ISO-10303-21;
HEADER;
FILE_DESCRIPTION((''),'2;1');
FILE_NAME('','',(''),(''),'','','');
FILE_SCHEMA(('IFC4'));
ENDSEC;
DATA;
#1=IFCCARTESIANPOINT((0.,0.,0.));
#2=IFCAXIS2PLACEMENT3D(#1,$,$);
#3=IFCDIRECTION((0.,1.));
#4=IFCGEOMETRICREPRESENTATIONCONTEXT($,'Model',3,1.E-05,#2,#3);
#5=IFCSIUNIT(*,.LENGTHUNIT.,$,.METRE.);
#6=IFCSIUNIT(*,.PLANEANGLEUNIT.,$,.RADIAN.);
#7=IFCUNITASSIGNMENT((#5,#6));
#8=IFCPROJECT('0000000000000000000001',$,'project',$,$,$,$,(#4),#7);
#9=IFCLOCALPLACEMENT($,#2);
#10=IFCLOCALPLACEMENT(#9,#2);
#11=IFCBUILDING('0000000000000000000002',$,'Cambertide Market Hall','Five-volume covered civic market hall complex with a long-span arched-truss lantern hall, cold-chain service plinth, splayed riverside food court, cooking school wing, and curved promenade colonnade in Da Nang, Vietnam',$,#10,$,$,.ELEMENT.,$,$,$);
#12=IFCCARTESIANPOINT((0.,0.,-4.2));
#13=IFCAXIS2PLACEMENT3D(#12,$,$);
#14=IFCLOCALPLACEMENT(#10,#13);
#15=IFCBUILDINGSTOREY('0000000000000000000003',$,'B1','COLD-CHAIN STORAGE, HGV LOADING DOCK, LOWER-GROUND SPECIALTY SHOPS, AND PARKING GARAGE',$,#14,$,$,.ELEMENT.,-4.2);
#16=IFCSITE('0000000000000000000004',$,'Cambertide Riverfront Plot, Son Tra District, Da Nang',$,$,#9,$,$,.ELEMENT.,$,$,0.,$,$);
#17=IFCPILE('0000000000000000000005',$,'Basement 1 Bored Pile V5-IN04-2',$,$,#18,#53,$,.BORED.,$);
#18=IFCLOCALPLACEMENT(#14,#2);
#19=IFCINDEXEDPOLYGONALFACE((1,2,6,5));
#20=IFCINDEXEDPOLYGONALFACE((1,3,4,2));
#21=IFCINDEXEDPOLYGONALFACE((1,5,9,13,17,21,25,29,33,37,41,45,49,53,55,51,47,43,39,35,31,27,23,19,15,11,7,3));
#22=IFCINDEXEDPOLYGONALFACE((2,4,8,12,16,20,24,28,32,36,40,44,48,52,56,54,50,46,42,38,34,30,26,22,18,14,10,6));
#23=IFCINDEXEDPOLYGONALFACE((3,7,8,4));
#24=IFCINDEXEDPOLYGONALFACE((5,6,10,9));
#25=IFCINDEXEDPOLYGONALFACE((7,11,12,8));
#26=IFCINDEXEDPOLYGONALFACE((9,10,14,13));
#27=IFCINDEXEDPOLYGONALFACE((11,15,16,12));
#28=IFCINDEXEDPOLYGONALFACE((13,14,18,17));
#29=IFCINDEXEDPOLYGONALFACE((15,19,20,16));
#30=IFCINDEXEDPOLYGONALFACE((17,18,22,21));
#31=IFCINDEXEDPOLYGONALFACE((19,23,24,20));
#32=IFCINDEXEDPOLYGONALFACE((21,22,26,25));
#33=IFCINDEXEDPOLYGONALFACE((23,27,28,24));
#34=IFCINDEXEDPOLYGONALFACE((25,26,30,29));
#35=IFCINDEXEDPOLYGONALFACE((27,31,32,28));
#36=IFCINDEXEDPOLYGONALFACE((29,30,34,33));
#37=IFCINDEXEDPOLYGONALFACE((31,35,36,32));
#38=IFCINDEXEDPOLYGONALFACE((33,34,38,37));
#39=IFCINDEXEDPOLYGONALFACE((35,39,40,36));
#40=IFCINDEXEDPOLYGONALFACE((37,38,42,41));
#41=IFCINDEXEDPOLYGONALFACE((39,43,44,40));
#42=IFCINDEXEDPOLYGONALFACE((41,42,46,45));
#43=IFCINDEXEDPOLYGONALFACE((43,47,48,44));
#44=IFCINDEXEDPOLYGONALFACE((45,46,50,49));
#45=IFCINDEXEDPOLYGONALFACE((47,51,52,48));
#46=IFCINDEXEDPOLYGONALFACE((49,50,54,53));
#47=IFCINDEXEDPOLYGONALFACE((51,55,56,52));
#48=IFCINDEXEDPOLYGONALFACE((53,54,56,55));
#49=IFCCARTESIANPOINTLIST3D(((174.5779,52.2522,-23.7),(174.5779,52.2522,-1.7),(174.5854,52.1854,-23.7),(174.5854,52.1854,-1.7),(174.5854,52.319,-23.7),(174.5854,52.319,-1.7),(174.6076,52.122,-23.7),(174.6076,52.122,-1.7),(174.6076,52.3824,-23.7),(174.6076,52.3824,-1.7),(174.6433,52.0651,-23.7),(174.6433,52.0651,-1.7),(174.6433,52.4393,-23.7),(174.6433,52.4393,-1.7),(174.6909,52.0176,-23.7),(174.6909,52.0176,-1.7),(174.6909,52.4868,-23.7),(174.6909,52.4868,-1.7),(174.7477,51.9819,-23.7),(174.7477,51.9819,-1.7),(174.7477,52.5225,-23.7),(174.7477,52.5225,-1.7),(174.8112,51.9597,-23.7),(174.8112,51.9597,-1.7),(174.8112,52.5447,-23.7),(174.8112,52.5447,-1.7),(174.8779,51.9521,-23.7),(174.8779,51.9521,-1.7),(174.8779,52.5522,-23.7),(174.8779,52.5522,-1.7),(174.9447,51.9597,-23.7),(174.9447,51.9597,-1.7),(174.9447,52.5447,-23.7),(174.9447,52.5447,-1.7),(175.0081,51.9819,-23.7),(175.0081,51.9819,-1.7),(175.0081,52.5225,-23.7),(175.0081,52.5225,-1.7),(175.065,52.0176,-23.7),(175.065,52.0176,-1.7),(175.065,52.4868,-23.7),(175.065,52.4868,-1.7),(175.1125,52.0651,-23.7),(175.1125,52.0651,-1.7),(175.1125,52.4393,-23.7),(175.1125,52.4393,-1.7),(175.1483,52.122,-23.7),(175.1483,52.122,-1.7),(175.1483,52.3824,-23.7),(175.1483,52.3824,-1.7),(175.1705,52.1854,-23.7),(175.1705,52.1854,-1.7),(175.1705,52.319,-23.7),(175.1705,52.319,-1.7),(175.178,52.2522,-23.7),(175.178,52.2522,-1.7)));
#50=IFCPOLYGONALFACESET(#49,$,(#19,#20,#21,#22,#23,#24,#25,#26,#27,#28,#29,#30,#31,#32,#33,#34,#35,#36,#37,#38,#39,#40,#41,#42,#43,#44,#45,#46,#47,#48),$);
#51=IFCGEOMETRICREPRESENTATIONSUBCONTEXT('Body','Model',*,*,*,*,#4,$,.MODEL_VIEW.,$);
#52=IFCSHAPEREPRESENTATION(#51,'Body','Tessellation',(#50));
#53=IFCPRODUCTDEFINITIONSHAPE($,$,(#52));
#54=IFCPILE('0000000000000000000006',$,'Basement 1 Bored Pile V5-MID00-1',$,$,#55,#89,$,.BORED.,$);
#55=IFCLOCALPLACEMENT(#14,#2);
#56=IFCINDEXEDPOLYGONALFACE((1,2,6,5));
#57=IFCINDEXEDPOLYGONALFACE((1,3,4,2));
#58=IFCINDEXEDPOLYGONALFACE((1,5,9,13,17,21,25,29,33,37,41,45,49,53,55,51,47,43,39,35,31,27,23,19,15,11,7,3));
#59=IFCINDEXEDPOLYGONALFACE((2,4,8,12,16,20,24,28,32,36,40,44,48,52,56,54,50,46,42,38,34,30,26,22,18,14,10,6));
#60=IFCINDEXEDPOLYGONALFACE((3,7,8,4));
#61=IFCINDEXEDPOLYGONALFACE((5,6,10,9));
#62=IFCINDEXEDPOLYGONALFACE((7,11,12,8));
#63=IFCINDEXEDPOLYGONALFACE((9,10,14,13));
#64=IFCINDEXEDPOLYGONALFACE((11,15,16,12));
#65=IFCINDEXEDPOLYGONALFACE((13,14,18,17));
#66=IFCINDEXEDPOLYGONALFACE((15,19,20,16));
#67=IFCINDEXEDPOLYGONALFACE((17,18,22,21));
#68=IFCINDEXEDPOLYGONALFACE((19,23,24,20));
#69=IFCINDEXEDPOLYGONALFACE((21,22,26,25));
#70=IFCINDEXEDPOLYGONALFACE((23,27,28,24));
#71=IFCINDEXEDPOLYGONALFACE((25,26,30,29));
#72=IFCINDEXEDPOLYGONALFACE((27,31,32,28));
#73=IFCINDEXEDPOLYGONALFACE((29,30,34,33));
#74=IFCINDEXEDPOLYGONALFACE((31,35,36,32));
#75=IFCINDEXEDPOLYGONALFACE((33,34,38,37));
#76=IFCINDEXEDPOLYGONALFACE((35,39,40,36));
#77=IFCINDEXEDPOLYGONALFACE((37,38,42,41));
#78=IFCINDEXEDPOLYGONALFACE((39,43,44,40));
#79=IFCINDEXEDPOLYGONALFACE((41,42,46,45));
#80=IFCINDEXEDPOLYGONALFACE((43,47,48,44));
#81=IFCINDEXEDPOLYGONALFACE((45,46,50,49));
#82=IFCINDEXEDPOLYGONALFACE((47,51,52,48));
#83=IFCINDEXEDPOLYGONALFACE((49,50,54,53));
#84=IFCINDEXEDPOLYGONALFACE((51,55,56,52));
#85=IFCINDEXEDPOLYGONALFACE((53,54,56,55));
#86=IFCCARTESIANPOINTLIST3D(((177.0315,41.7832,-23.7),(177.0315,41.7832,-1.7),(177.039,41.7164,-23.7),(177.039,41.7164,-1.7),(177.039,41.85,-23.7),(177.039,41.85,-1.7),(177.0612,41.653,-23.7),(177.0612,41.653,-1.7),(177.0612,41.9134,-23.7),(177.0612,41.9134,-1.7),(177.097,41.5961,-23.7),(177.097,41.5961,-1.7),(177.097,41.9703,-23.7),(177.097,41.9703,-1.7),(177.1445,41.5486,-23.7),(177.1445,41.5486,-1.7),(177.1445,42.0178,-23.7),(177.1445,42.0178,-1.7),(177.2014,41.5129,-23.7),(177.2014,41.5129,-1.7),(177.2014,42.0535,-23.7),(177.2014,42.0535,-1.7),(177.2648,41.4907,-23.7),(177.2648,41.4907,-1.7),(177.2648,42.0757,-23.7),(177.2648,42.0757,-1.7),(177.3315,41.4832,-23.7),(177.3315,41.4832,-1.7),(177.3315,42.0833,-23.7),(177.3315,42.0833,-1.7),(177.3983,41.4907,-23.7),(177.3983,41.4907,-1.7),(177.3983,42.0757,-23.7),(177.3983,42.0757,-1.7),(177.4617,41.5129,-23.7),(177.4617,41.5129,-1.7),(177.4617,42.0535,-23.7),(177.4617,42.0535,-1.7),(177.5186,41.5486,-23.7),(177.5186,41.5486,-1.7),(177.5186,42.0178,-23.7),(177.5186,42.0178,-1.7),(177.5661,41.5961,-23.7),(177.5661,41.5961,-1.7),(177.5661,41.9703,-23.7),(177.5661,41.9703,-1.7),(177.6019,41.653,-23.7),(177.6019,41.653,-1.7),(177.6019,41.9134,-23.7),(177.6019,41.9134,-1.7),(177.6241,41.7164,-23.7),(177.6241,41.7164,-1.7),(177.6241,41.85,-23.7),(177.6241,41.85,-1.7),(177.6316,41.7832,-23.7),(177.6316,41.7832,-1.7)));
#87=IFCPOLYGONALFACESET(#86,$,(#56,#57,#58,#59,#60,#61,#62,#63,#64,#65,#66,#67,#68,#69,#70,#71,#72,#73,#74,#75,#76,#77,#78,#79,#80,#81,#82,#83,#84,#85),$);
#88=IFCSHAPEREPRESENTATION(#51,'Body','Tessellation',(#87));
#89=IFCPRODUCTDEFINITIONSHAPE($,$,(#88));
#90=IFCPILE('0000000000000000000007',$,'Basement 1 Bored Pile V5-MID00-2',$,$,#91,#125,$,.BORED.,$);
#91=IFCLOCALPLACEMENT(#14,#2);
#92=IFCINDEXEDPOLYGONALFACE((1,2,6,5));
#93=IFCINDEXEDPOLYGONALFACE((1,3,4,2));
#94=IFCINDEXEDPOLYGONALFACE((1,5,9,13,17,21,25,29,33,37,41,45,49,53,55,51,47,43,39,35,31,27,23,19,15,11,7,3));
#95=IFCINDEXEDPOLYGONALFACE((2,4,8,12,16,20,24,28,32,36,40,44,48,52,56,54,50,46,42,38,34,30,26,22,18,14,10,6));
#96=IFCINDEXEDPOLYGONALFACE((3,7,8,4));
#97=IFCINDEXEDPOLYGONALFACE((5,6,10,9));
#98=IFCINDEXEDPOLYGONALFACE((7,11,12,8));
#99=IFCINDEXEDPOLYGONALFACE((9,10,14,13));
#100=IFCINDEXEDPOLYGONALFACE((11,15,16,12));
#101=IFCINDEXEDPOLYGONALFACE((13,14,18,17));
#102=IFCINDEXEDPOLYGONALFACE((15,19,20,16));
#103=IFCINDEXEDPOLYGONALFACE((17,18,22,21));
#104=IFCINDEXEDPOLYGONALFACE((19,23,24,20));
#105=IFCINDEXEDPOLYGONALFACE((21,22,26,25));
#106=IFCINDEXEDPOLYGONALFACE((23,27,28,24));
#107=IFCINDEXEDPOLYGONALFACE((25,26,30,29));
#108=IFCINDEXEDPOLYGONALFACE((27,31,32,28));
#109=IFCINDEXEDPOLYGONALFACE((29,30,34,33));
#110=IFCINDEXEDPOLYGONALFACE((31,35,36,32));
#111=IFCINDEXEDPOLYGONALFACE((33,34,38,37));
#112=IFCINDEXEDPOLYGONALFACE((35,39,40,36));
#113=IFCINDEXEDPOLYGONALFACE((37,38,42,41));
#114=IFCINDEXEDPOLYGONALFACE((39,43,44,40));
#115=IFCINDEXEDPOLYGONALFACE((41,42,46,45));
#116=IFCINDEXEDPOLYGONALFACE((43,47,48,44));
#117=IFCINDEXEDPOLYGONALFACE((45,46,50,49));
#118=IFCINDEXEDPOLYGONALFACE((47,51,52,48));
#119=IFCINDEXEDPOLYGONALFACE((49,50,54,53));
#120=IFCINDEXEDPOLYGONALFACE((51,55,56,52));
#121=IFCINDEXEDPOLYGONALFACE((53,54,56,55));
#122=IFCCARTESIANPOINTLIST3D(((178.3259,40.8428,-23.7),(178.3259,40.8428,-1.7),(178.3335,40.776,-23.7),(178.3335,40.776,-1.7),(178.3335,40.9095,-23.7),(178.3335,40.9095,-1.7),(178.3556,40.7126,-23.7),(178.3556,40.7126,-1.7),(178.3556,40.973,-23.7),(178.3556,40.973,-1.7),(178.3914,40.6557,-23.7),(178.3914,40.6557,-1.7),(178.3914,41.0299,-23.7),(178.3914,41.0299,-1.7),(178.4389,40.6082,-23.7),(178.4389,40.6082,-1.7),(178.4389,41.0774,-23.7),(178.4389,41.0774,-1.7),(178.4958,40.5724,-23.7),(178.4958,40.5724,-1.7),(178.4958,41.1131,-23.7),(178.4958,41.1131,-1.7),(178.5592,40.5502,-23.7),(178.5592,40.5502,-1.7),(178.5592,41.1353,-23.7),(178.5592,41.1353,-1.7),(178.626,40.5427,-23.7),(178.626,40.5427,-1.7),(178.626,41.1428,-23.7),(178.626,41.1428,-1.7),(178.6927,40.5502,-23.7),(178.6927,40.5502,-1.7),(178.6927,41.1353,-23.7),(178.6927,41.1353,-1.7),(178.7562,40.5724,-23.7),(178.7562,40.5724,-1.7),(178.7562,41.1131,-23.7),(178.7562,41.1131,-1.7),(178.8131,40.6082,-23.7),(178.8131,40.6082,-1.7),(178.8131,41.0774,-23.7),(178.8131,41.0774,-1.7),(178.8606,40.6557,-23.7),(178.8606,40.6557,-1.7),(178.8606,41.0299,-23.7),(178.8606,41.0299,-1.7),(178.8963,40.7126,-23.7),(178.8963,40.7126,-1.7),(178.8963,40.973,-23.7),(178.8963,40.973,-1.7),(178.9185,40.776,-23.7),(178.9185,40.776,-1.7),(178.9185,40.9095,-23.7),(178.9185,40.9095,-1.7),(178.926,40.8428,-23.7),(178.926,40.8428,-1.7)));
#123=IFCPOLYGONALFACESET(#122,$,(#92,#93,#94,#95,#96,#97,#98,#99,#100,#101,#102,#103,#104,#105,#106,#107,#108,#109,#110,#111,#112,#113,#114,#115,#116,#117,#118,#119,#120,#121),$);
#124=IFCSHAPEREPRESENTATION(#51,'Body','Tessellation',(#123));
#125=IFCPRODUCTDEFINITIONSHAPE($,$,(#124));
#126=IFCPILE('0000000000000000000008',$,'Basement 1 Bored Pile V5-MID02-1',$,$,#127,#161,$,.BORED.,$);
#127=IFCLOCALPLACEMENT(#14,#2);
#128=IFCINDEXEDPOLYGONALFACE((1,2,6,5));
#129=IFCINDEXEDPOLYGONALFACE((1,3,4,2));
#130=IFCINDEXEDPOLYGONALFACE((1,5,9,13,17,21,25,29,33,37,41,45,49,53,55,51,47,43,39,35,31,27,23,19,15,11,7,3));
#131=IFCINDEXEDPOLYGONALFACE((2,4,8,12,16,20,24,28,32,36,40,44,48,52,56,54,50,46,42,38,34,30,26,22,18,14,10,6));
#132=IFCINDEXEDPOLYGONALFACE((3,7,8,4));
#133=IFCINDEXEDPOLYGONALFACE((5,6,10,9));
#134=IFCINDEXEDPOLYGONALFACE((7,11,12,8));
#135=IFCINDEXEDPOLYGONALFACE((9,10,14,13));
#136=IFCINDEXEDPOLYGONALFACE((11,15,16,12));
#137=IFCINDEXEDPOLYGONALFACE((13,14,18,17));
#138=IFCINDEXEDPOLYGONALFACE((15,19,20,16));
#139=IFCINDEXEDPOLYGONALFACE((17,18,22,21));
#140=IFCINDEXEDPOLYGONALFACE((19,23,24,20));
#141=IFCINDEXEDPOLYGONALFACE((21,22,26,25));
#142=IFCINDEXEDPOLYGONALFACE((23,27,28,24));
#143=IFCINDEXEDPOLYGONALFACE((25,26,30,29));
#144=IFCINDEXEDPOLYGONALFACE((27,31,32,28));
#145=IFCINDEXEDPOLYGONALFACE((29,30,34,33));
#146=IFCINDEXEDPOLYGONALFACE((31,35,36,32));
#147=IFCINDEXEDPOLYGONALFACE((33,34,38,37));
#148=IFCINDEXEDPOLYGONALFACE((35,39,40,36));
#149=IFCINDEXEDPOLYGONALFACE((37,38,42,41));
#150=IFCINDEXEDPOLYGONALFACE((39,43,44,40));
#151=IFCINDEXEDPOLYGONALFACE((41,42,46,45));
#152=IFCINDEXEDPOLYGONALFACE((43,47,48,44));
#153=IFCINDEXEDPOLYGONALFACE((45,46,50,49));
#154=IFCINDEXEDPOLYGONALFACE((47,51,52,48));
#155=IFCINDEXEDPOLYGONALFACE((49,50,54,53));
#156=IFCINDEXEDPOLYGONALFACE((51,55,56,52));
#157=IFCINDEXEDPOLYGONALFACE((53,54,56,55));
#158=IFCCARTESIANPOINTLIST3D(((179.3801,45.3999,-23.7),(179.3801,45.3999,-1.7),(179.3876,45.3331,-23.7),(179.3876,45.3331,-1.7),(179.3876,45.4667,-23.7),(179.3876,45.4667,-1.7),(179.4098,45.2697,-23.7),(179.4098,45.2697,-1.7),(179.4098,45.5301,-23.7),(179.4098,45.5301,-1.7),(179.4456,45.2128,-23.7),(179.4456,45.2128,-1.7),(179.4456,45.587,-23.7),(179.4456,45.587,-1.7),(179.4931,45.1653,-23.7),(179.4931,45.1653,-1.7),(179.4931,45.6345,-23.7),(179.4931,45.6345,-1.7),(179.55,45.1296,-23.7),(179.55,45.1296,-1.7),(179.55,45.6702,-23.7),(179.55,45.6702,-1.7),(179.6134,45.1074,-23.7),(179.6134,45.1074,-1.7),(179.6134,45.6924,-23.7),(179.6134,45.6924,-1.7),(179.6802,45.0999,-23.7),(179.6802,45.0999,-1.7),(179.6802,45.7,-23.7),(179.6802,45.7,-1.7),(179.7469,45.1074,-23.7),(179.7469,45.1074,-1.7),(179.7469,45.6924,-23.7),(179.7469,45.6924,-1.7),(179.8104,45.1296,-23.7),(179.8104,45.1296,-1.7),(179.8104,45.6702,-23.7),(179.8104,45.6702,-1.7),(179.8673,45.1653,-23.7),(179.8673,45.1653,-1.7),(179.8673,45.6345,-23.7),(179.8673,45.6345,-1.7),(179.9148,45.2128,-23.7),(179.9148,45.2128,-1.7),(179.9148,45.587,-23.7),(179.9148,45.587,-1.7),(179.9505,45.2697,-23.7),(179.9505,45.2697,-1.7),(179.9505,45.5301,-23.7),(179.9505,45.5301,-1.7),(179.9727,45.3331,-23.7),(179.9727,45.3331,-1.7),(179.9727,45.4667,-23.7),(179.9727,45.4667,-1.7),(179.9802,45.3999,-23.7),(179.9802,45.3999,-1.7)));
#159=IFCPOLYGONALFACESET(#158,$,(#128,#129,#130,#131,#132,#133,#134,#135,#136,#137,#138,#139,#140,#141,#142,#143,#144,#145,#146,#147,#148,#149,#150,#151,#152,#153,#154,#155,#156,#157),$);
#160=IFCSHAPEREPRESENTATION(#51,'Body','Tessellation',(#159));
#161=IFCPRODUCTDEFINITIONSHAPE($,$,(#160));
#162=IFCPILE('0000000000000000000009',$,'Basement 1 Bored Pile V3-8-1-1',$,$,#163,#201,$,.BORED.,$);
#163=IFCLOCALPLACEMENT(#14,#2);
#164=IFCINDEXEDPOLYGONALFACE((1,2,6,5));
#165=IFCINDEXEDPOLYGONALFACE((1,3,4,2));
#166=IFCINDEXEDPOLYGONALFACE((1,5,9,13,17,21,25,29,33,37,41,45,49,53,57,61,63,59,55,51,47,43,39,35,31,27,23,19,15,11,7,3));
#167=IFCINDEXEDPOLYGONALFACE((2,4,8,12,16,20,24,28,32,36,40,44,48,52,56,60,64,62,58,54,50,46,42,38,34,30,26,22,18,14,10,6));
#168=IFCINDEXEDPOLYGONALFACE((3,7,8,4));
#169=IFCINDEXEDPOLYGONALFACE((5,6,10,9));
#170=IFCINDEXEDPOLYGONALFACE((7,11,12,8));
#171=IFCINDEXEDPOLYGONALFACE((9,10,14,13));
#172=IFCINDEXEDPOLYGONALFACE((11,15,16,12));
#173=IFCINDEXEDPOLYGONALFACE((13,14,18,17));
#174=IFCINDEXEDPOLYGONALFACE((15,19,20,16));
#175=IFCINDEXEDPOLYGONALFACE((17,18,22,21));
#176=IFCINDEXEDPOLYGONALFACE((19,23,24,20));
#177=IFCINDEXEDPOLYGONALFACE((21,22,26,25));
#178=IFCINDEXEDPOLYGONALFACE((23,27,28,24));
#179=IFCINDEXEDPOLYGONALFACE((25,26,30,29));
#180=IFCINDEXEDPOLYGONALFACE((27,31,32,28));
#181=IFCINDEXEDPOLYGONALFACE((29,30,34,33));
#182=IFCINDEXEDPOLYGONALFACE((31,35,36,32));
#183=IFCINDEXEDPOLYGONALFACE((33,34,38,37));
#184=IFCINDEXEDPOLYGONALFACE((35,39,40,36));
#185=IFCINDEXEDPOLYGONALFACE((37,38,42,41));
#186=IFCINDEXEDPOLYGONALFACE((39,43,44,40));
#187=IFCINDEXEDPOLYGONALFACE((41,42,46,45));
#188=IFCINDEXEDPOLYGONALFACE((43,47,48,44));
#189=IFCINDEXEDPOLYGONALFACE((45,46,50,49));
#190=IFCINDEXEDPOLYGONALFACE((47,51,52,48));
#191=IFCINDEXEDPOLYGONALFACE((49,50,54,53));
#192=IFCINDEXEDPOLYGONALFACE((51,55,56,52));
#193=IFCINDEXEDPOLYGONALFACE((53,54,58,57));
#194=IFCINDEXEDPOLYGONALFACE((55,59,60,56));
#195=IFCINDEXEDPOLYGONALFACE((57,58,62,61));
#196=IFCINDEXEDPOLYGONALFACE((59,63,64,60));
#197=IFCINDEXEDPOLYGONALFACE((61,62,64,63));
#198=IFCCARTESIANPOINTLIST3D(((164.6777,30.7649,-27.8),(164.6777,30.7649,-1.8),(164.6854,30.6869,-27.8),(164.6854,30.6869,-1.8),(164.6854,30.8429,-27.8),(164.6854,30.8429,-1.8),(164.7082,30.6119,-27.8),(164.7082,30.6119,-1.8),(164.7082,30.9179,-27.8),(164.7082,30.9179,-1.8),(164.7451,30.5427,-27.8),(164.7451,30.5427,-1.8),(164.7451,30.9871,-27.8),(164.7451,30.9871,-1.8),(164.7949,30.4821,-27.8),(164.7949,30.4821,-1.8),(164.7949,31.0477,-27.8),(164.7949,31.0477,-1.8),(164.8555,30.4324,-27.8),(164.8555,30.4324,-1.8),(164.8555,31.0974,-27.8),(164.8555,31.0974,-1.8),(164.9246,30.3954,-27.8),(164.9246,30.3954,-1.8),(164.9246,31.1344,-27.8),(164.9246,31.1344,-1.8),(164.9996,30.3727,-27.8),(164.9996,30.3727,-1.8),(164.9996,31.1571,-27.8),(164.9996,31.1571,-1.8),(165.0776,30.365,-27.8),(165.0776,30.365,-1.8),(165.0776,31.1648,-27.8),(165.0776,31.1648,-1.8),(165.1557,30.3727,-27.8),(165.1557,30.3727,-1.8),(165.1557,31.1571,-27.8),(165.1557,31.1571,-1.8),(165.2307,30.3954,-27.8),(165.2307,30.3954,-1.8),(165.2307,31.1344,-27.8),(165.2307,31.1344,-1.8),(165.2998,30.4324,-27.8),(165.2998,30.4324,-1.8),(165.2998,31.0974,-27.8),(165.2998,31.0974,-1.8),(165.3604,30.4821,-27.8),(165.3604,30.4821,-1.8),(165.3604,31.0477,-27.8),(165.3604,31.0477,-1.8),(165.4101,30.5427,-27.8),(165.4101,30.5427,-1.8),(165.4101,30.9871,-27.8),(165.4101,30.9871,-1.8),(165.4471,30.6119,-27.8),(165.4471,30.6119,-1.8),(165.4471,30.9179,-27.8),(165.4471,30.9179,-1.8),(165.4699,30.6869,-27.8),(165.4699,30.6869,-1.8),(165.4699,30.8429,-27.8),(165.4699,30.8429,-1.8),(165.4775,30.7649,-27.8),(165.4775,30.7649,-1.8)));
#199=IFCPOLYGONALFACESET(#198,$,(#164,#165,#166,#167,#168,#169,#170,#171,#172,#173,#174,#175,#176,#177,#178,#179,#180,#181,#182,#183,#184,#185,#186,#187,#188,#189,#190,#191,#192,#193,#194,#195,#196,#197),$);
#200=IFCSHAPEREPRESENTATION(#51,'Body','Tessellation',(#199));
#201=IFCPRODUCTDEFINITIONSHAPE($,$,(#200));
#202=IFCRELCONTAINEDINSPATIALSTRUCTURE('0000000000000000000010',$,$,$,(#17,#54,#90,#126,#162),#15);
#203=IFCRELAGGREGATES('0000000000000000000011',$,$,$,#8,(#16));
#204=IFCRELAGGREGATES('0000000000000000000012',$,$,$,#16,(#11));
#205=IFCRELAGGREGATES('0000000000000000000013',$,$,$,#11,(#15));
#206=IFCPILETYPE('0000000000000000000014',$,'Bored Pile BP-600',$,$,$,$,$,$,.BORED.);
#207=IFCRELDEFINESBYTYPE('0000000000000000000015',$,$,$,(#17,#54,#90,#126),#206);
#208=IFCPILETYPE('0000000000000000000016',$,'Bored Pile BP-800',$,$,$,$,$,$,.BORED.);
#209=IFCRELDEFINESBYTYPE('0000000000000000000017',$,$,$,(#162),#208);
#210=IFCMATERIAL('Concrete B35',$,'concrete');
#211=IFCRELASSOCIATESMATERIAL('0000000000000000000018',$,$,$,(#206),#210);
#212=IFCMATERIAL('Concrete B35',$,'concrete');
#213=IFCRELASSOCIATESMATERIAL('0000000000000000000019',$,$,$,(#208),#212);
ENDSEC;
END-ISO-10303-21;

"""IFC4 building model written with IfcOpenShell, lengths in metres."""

from ifc_helpers import new_model, si_unit, direction, frame, origin, origin_2d, place, context, subcontext, project, spatial, circle, extrude, material, material_profile, profile_set, type_object, element, save


model = new_model("IFC4")

# Units and contexts
model_context = context("Model", 3, precision=1e-05, world=origin(), true_north=direction((0.0, 1.0)))
body_context = subcontext(model_context, "Body", "Model", "MODEL_VIEW")
ifc_project = project(units=[si_unit("LENGTHUNIT", "METRE"), si_unit("PLANEANGLEUNIT", "RADIAN")], contexts=[model_context])

# Site, building, storey
site_placement = place(None, origin())
site = spatial("IfcSite", under=ifc_project, at=site_placement, Name="Cambertide Riverfront Plot, Son Tra District, Da Nang", CompositionType="ELEMENT", RefElevation=0.0)
building_placement = place(site_placement, origin())
building = spatial("IfcBuilding", under=site, at=building_placement, Name="Cambertide Market Hall", Description="Five-volume covered civic market hall complex with a long-span arched-truss lantern hall, cold-chain service plinth, splayed riverside food court, cooking school wing, and curved promenade colonnade in Da Nang, Vietnam", CompositionType="ELEMENT")
storey_placement = place(building_placement, frame((0.0, 0.0, -4.2)))
storey = spatial("IfcBuildingStorey", under=building, at=storey_placement, Name="B1", Description="COLD-CHAIN STORAGE, HGV LOADING DOCK, LOWER-GROUND SPECIALTY SHOPS, AND PARKING GARAGE", CompositionType="ELEMENT", Elevation=-4.2)

# Piles
ifc_material_1 = material(Name="Concrete B35", Category="concrete")
ifc_material_profile_1 = material_profile(ifc_material_1, circle(Radius=0.3, at=origin_2d()), Name="BP D600")
ifc_profile_set_1 = profile_set([ifc_material_profile_1], Name="Concrete B35")
pile_type_1 = type_object("IfcPileType", Name="Bored Pile BP-600", PredefinedType="BORED", material=ifc_profile_set_1)
for number, where, z_axis, x_axis, name in (
    (1, (174.8779, 52.2522, -1.7), (0.0, 0.0, -1.0), (1.0, 0.0, 0.0), "Basement 1 Bored Pile V5-IN04-2"),
    (2, (177.3315, 41.7832, -1.7), (0.0, 0.0, -1.0), (1.0, 0.0, 0.0), "Basement 1 Bored Pile V5-MID00-1"),
    (3, (178.626, 40.8428, -1.7), (0.0, 0.0, -1.0), (1.0, 0.0, 0.0), "Basement 1 Bored Pile V5-MID00-2"),
    (4, (179.6802, 45.3999, -1.7), (0.0, 0.0, -1.0), (1.0, 0.0, 0.0), "Basement 1 Bored Pile V5-MID02-1"),
):
    element("IfcPile", number, at=place(storey_placement, frame(where, z_axis=z_axis, x_axis=x_axis)), inside=storey, type_object=pile_type_1, Name=name, PredefinedType="BORED", context=body_context, shape_type="SweptSolid", body=[
        extrude(circle(Radius=0.3, at=origin_2d()), origin(), (0.0, 0.0, 1.0), 22.0),
    ])
ifc_material_2 = material(Name="Concrete B35", Category="concrete")
ifc_material_profile_2 = material_profile(ifc_material_2, circle(Radius=0.3999, at=origin_2d()), Name="BP D800")
ifc_profile_set_2 = profile_set([ifc_material_profile_2], Name="Concrete B35")
pile_type_2 = type_object("IfcPileType", Name="Bored Pile BP-800", PredefinedType="BORED", material=ifc_profile_set_2)
for number, where, z_axis, x_axis, name in (
    (5, (165.0776, 30.7649, -1.8), (0.0, 0.0, -1.0), (1.0, 0.0, 0.0), "Basement 1 Bored Pile V3-8-1-1"),
):
    element("IfcPile", number, at=place(storey_placement, frame(where, z_axis=z_axis, x_axis=x_axis)), inside=storey, type_object=pile_type_2, Name=name, PredefinedType="BORED", context=body_context, shape_type="SweptSolid", body=[
        extrude(circle(Radius=0.3999, at=origin_2d()), origin(), (0.0, 0.0, 1.0), 26.0),
    ])

save(model, "model.ifc")
